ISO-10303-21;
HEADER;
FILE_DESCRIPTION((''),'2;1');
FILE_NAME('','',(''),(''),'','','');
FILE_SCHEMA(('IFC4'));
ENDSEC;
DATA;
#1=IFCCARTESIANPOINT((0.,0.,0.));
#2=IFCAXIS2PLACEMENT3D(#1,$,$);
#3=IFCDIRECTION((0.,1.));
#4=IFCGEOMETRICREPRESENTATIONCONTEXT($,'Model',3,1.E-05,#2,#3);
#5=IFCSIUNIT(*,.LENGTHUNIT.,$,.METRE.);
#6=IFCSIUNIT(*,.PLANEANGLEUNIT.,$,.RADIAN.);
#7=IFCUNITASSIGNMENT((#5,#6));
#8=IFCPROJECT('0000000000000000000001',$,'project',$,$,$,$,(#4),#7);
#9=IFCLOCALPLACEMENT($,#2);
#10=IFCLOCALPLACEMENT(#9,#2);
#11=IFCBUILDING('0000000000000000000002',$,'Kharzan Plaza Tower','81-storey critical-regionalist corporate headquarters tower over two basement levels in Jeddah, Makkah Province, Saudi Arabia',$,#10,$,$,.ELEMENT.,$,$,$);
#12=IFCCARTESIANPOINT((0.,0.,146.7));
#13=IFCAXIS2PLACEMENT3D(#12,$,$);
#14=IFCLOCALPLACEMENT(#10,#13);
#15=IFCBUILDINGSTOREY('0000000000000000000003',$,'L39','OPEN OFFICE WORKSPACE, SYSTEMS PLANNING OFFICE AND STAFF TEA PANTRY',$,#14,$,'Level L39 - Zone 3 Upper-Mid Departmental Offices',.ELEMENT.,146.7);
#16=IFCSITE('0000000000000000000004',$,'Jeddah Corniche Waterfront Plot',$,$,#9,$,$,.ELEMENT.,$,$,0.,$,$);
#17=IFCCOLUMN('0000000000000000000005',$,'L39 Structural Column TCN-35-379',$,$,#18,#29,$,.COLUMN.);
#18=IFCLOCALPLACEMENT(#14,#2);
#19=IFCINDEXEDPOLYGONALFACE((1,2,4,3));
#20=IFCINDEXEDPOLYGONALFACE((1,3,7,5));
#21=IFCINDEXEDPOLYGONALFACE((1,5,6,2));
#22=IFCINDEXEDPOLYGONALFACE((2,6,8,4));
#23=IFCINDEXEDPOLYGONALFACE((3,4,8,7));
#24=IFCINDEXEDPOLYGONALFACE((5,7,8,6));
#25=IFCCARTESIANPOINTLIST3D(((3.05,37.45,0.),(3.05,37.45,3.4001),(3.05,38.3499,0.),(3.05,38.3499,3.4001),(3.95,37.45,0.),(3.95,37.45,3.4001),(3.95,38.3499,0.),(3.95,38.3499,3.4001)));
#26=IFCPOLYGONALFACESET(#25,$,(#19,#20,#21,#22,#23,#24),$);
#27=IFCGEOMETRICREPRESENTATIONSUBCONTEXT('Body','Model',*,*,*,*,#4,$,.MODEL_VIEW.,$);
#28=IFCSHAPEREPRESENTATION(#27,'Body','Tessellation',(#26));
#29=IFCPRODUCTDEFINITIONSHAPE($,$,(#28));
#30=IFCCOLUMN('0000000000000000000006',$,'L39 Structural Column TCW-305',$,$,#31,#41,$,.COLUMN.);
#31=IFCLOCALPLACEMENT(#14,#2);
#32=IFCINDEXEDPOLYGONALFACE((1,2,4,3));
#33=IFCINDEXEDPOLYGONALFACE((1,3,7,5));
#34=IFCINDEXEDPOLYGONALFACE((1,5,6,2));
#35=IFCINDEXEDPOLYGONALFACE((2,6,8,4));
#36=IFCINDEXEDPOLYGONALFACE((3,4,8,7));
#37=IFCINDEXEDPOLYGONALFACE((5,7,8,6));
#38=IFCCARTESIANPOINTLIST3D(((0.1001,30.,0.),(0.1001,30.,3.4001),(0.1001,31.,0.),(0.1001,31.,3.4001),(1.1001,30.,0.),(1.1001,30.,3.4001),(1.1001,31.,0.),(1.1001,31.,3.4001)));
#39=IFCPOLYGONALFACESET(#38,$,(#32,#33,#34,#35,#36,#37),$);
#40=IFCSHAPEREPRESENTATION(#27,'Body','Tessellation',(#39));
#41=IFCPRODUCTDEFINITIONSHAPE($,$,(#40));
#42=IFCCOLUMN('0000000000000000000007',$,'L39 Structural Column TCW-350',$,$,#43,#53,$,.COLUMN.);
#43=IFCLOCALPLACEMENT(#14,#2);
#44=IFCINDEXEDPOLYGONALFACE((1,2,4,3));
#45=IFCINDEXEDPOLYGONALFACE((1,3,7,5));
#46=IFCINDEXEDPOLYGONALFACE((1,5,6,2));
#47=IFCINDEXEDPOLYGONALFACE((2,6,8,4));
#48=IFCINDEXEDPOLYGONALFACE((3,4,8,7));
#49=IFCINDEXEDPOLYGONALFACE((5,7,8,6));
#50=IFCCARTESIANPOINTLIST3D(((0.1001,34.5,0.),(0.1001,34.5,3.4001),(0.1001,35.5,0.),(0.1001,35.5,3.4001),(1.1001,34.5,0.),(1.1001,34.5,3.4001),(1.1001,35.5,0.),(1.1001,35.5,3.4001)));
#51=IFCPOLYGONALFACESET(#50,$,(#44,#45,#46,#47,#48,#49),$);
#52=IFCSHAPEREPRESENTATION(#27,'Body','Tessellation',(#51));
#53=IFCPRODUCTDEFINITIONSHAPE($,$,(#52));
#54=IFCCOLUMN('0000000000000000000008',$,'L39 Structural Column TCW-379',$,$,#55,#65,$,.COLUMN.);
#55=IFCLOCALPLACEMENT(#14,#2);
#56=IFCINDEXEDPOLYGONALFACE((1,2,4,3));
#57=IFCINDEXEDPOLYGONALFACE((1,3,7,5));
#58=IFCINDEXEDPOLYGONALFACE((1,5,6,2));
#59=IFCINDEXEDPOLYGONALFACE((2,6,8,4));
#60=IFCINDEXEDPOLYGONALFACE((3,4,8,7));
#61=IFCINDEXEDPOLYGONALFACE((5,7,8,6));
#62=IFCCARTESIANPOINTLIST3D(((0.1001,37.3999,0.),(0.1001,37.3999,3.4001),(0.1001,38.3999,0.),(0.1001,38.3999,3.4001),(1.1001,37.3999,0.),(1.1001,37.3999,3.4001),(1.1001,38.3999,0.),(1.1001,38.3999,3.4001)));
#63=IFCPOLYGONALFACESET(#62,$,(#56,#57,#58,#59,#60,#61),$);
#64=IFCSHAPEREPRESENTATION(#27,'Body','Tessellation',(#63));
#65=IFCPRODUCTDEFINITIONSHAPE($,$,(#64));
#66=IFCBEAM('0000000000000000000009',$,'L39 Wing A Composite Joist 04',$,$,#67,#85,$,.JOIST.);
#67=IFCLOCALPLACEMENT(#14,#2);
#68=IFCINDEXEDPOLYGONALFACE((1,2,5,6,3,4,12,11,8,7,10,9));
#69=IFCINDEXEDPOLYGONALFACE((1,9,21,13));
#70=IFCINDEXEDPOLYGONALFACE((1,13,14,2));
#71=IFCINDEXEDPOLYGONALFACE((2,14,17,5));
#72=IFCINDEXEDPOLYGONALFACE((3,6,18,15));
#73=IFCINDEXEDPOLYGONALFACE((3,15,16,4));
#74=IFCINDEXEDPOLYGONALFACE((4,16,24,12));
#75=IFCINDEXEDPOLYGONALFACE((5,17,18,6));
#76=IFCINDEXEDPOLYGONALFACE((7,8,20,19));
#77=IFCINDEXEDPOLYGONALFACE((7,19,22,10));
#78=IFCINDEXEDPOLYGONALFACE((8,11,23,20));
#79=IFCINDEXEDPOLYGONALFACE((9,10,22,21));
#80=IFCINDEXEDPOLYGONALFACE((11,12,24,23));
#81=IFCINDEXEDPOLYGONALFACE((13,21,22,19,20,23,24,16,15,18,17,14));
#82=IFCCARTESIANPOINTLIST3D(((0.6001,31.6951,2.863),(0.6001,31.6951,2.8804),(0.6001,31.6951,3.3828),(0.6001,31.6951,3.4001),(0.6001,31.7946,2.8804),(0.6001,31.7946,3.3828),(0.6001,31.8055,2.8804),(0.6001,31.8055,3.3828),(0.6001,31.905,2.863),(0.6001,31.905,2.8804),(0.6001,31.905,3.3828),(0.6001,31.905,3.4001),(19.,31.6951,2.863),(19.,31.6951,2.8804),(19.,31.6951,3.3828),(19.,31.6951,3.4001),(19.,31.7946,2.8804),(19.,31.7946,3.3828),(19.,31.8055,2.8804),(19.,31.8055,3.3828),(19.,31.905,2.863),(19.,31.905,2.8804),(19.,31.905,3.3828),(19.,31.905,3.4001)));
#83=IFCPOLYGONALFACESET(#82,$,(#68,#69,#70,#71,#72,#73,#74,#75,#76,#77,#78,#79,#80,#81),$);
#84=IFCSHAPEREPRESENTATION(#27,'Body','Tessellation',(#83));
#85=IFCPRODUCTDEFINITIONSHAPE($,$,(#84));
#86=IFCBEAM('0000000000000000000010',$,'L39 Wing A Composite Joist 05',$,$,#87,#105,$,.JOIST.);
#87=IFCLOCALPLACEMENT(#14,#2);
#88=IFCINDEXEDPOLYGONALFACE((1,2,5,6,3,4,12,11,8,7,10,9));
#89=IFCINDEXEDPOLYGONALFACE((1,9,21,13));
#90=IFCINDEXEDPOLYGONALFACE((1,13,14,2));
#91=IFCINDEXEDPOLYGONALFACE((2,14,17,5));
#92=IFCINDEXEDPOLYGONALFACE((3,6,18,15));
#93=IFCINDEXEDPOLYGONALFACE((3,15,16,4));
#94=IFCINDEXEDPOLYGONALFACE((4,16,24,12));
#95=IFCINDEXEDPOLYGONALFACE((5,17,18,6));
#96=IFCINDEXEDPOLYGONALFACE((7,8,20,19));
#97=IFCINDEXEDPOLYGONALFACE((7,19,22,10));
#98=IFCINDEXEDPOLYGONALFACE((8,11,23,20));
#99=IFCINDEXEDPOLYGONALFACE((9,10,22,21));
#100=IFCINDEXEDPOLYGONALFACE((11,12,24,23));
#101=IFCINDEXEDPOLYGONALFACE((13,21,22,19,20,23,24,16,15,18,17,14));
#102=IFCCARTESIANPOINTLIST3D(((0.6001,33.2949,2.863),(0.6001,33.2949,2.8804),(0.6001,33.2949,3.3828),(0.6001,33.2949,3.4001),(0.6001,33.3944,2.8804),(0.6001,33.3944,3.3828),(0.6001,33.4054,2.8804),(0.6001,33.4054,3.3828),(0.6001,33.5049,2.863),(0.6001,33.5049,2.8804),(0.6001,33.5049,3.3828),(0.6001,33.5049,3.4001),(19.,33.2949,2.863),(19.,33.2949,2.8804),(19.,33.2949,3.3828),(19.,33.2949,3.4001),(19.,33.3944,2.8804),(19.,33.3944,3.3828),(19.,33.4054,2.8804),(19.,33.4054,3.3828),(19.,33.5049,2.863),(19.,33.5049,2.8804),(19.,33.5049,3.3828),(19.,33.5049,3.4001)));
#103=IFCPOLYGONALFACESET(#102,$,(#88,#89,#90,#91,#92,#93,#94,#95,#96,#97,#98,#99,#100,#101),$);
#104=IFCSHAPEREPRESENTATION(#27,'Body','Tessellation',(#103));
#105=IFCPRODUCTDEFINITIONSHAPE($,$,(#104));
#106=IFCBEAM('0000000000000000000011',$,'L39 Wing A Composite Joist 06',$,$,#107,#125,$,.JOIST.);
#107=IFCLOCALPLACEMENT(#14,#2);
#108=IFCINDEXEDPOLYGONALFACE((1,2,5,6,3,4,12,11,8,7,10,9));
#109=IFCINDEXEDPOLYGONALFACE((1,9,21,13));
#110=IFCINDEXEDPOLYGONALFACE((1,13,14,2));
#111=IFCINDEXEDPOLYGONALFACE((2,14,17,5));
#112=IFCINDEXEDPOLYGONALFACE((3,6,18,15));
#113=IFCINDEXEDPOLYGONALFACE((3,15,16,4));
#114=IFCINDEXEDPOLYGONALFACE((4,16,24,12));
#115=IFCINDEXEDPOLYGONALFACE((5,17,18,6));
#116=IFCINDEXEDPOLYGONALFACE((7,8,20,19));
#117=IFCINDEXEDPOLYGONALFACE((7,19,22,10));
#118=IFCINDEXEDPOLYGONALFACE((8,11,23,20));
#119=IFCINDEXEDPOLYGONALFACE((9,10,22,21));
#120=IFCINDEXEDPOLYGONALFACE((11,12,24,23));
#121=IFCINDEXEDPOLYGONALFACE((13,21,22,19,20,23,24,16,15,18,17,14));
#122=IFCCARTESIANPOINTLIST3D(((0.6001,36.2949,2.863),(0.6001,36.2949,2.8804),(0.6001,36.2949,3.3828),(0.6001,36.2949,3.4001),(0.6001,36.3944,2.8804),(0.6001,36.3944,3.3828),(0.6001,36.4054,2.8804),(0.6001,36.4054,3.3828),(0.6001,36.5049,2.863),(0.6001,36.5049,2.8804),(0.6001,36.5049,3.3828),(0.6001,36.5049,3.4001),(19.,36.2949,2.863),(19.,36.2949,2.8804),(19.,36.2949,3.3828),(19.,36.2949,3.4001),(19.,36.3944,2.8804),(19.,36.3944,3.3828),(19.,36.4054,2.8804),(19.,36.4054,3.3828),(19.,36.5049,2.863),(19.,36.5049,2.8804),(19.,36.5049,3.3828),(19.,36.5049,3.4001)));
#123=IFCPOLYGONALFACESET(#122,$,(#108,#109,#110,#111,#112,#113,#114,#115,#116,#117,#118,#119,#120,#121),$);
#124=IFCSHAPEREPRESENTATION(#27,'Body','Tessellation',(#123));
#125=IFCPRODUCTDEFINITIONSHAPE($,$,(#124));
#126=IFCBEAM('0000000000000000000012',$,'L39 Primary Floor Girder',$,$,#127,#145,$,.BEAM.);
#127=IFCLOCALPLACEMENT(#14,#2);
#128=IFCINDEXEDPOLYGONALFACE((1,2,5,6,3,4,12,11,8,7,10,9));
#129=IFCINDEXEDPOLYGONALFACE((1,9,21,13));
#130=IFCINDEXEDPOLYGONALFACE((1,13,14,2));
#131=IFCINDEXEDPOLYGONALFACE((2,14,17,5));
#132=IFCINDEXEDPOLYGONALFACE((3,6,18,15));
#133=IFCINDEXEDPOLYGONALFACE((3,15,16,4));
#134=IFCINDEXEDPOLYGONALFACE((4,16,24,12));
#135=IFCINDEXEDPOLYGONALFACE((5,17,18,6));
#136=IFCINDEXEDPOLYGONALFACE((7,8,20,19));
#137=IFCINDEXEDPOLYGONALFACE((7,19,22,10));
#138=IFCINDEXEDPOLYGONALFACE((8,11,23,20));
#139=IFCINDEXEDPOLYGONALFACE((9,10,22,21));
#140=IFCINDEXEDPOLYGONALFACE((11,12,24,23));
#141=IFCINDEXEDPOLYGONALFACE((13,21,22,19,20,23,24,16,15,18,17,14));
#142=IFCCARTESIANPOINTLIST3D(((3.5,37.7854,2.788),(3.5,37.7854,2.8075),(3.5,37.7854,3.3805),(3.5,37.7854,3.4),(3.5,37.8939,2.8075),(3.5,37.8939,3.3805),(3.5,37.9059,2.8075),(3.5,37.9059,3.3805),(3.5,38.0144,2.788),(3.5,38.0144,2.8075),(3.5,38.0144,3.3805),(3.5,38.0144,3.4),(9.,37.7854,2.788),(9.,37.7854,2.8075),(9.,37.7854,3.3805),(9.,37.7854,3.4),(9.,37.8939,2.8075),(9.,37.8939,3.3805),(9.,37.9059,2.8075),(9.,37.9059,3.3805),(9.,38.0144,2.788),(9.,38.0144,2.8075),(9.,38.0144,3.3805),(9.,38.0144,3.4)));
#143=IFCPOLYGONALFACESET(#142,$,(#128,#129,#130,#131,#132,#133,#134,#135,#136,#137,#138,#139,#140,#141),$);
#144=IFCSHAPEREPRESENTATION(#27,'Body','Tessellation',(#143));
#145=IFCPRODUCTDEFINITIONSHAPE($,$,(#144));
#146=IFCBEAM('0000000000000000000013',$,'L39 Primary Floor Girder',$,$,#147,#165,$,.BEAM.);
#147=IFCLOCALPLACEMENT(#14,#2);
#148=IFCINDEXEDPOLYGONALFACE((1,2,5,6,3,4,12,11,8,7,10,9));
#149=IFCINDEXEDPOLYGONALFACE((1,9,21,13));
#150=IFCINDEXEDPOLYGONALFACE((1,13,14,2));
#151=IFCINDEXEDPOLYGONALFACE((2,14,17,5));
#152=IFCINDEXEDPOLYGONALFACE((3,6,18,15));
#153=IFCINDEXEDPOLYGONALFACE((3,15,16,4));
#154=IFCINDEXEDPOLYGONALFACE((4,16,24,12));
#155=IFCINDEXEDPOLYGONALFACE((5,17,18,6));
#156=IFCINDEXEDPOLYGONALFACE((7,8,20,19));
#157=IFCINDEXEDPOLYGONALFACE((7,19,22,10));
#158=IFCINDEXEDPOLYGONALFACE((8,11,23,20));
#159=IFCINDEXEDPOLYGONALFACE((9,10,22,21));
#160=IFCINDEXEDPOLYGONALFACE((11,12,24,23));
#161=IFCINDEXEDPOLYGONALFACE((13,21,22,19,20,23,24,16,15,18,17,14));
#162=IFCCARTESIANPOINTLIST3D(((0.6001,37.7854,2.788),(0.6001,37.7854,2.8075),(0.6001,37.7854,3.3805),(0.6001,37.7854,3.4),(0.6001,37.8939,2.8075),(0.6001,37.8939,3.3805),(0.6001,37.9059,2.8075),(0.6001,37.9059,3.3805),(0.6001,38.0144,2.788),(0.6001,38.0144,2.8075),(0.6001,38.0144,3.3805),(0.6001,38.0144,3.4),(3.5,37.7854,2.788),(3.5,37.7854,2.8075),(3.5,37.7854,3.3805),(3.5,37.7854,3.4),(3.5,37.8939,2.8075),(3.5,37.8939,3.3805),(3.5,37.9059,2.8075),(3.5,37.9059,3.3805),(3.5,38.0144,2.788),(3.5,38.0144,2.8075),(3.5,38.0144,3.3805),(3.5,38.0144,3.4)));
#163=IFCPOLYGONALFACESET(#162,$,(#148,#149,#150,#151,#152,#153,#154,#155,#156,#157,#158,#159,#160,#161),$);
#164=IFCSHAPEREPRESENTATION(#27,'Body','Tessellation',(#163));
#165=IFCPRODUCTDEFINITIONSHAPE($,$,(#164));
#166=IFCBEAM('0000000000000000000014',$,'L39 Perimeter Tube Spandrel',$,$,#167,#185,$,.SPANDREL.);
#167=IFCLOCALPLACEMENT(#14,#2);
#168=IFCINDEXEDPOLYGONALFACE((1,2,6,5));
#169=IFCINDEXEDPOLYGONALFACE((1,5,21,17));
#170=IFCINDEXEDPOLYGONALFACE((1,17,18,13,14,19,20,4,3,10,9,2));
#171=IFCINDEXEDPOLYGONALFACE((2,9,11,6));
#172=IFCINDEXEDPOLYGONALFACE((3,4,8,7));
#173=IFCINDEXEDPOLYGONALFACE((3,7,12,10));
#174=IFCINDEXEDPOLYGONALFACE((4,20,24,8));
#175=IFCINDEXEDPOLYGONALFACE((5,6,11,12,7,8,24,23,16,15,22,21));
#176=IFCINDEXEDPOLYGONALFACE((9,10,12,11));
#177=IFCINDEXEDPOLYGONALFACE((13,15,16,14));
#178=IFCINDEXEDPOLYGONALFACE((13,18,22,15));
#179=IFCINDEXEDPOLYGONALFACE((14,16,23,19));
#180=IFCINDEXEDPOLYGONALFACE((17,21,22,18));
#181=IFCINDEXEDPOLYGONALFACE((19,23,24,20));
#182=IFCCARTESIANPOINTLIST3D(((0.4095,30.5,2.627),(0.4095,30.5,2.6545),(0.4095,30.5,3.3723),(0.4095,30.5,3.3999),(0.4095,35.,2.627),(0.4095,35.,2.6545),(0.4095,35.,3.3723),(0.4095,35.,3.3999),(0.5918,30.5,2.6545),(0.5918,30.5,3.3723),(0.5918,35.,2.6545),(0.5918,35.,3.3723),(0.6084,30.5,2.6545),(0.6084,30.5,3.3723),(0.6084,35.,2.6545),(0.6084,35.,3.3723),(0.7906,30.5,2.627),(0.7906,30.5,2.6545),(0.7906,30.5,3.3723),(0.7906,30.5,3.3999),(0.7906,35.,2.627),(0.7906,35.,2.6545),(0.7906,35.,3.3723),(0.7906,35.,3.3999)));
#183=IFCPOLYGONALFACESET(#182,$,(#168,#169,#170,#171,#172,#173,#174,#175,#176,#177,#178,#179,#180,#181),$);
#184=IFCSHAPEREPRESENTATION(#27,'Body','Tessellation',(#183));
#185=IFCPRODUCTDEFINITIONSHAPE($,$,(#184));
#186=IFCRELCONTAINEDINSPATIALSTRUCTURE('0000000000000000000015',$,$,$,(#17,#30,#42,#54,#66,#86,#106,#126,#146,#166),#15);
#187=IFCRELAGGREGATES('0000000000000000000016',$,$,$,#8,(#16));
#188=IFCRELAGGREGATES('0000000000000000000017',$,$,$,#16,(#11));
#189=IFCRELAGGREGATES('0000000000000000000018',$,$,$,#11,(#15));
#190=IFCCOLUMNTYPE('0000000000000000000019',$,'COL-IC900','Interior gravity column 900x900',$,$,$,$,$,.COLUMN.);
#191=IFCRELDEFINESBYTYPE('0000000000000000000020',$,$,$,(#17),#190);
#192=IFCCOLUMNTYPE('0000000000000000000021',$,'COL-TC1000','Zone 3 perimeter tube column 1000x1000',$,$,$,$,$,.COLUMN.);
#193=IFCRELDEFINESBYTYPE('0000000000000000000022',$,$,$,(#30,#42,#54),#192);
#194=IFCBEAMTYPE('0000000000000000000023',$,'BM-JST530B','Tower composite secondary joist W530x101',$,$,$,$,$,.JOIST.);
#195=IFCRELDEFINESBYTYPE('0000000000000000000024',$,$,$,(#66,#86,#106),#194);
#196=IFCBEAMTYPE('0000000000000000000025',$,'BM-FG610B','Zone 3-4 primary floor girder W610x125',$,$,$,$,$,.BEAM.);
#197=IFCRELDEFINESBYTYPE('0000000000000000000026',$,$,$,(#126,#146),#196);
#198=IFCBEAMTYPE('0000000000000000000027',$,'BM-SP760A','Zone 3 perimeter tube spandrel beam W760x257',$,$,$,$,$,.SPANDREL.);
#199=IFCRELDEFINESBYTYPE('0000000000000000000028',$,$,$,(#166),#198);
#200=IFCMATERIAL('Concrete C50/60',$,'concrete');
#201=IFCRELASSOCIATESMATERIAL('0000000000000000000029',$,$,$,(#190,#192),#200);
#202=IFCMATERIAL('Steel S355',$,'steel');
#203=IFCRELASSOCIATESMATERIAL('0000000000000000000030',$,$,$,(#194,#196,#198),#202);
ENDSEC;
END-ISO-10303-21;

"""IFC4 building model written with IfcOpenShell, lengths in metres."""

from ifc_helpers import new_model, si_unit, direction, frame, origin, origin_2d, place, context, subcontext, project, spatial, rectangle, i_section, extrude, source, transform, mapped, material, material_profile, profile_set, type_object, element, save


model = new_model("IFC4")

# Units and contexts
model_context = context("Model", 3, precision=1e-05, world=origin(), true_north=direction((0.0, 1.0)))
body_context = subcontext(model_context, "Body", "Model", "MODEL_VIEW")
ifc_project = project(units=[si_unit("LENGTHUNIT", "METRE"), si_unit("PLANEANGLEUNIT", "RADIAN")], contexts=[model_context])

# Site, building, storey
site_placement = place(None, origin())
site = spatial("IfcSite", under=ifc_project, at=site_placement, Name="Jeddah Corniche Waterfront Plot", CompositionType="ELEMENT", RefElevation=0.0)
building_placement = place(site_placement, origin())
building = spatial("IfcBuilding", under=site, at=building_placement, Name="Kharzan Plaza Tower", Description="81-storey critical-regionalist corporate headquarters tower over two basement levels in Jeddah, Makkah Province, Saudi Arabia", CompositionType="ELEMENT")
storey_placement = place(building_placement, frame((0.0, 0.0, 146.7)))
storey = spatial("IfcBuildingStorey", under=building, at=storey_placement, Name="L39", Description="OPEN OFFICE WORKSPACE, SYSTEMS PLANNING OFFICE AND STAFF TEA PANTRY", LongName="Level L39 - Zone 3 Upper-Mid Departmental Offices", CompositionType="ELEMENT", Elevation=146.7)

# Columns
ifc_material_1 = material(Name="Concrete C50/60", Category="concrete")
ifc_material_profile_1 = material_profile(ifc_material_1, rectangle(XDim=0.8999, YDim=0.8999, at=origin_2d()), Name="RC-IC900x900")
ifc_profile_set_1 = profile_set([ifc_material_profile_1], Name="Concrete C50/60")
column_type_1 = type_object("IfcColumnType", Name="COL-IC900", Description="Interior gravity column 900x900", PredefinedType="COLUMN", material=ifc_profile_set_1)
shared_shape_1 = source(origin(), body_context, "Body", "SweptSolid", [
    extrude(rectangle(XDim=0.8999, YDim=0.8999, at=origin_2d()), origin(), (0.0, 0.0, 1.0), 3.4001),
])
column_placement = place(storey_placement, frame((3.5, 37.8999, 0.0), z_axis=(0.0, 0.0, 1.0), x_axis=(1.0, 0.0, 0.0)))
element("IfcColumn", 1, at=column_placement, inside=storey, type_object=column_type_1, Name="L39 Structural Column TCN-35-379", PredefinedType="COLUMN", context=body_context, shape_type="MappedRepresentation", body=[
    mapped(shared_shape_1, transform((0.0, 0.0, 0.0), x_axis=(1.0, 0.0, 0.0), y_axis=(0.0, 1.0, 0.0), z_axis=(0.0, 0.0, 1.0))),
])
ifc_material_profile_2 = material_profile(ifc_material_1, rectangle(XDim=1.0, YDim=1.0, at=origin_2d()), Name="RC-TC1000x1000")
ifc_profile_set_2 = profile_set([ifc_material_profile_2], Name="Concrete C50/60")
column_type_2 = type_object("IfcColumnType", Name="COL-TC1000", Description="Zone 3 perimeter tube column 1000x1000", PredefinedType="COLUMN", material=ifc_profile_set_2)
shared_shape_2 = source(origin(), body_context, "Body", "SweptSolid", [
    extrude(rectangle(XDim=1.0, YDim=1.0, at=origin_2d()), origin(), (0.0, 0.0, 1.0), 3.4001),
])
for number, where, z_axis, x_axis, name in (
    (2, (0.6001, 30.5, 0.0), (0.0, 0.0, 1.0), (1.0, 0.0, 0.0), "L39 Structural Column TCW-305"),
    (3, (0.6001, 35.0, 0.0), (0.0, 0.0, 1.0), (1.0, 0.0, 0.0), "L39 Structural Column TCW-350"),
    (4, (0.6001, 37.8999, 0.0), (0.0, 0.0, 1.0), (1.0, 0.0, 0.0), "L39 Structural Column TCW-379"),
):
    element("IfcColumn", number, at=place(storey_placement, frame(where, z_axis=z_axis, x_axis=x_axis)), inside=storey, type_object=column_type_2, Name=name, PredefinedType="COLUMN", context=body_context, shape_type="MappedRepresentation", body=[
        mapped(shared_shape_2, transform((0.0, 0.0, 0.0), x_axis=(1.0, 0.0, 0.0), y_axis=(0.0, 1.0, 0.0), z_axis=(0.0, 0.0, 1.0))),
    ])

# Beams
ifc_material_2 = material(Name="Steel S355", Category="steel")
ifc_material_profile_3 = material_profile(ifc_material_2, i_section(OverallWidth=0.21, OverallDepth=0.5371, WebThickness=0.011, FlangeThickness=0.0173, at=origin_2d()), Name="W530x101")
ifc_profile_set_3 = profile_set([ifc_material_profile_3], Name="Steel S355")
beam_type_1 = type_object("IfcBeamType", Name="BM-JST530B", Description="Tower composite secondary joist W530x101", PredefinedType="JOIST", material=ifc_profile_set_3)
shared_shape_3 = source(origin(), body_context, "Body", "SweptSolid", [
    extrude(i_section(OverallWidth=0.21, OverallDepth=0.5371, WebThickness=0.011, FlangeThickness=0.0173, at=origin_2d()), origin(), (0.0, 0.0, 1.0), 18.3999),
])
for number, where, z_axis, x_axis, name in (
    (5, (0.6001, 31.8, 3.1316), (1.0, 0.0, 0.0), (0.0, 1.0, 0.0), "L39 Wing A Composite Joist 04"),
    (6, (0.6001, 33.3999, 3.1316), (1.0, 0.0, 0.0), (0.0, 1.0, 0.0), "L39 Wing A Composite Joist 05"),
    (7, (0.6001, 36.3999, 3.1316), (1.0, 0.0, 0.0), (0.0, 1.0, 0.0), "L39 Wing A Composite Joist 06"),
):
    element("IfcBeam", number, at=place(storey_placement, frame(where, z_axis=z_axis, x_axis=x_axis)), inside=storey, type_object=beam_type_1, Name=name, PredefinedType="JOIST", context=body_context, shape_type="MappedRepresentation", body=[
        mapped(shared_shape_3, transform((0.0, 0.0, 0.0), x_axis=(1.0, 0.0, 0.0), y_axis=(0.0, 1.0, 0.0), z_axis=(0.0, 0.0, 1.0))),
    ])
ifc_material_profile_4 = material_profile(ifc_material_2, i_section(OverallWidth=0.229, OverallDepth=0.6121, WebThickness=0.012, FlangeThickness=0.0195, at=origin_2d()), Name="W610x125")
ifc_profile_set_4 = profile_set([ifc_material_profile_4], Name="Steel S355")
beam_type_2 = type_object("IfcBeamType", Name="BM-FG610B", Description="Zone 3-4 primary floor girder W610x125", PredefinedType="BEAM", material=ifc_profile_set_4)
shared_shape_4 = source(origin(), body_context, "Body", "SweptSolid", [
    extrude(i_section(OverallWidth=0.229, OverallDepth=0.6121, WebThickness=0.012, FlangeThickness=0.0195, at=origin_2d()), origin(), (0.0, 0.0, 1.0), 5.5),
])
beam_1_placement = place(storey_placement, frame((3.5, 37.8999, 3.094), z_axis=(1.0, 0.0, 0.0), x_axis=(0.0, 1.0, 0.0)))
element("IfcBeam", 8, at=beam_1_placement, inside=storey, type_object=beam_type_2, Name="L39 Primary Floor Girder", PredefinedType="BEAM", context=body_context, shape_type="MappedRepresentation", body=[
    mapped(shared_shape_4, transform((0.0, 0.0, 0.0), x_axis=(1.0, 0.0, 0.0), y_axis=(0.0, 1.0, 0.0), z_axis=(0.0, 0.0, 1.0))),
])
shared_shape_5 = source(origin(), body_context, "Body", "SweptSolid", [
    extrude(i_section(OverallWidth=0.229, OverallDepth=0.6121, WebThickness=0.012, FlangeThickness=0.0195, at=origin_2d()), origin(), (0.0, 0.0, 1.0), 2.8999),
])
beam_2_placement = place(storey_placement, frame((0.6001, 37.8999, 3.094), z_axis=(1.0, 0.0, 0.0), x_axis=(0.0, 1.0, 0.0)))
element("IfcBeam", 9, at=beam_2_placement, inside=storey, type_object=beam_type_2, Name="L39 Primary Floor Girder", PredefinedType="BEAM", context=body_context, shape_type="MappedRepresentation", body=[
    mapped(shared_shape_5, transform((0.0, 0.0, 0.0), x_axis=(1.0, 0.0, 0.0), y_axis=(0.0, 1.0, 0.0), z_axis=(0.0, 0.0, 1.0))),
])
ifc_material_profile_5 = material_profile(ifc_material_2, i_section(OverallWidth=0.3811, OverallDepth=0.7729, WebThickness=0.0166, FlangeThickness=0.0276, at=origin_2d()), Name="W760x257")
ifc_profile_set_5 = profile_set([ifc_material_profile_5], Name="Steel S355")
beam_type_3 = type_object("IfcBeamType", Name="BM-SP760A", Description="Zone 3 perimeter tube spandrel beam W760x257", PredefinedType="SPANDREL", material=ifc_profile_set_5)
shared_shape_6 = source(origin(), body_context, "Body", "SweptSolid", [
    extrude(i_section(OverallWidth=0.3811, OverallDepth=0.7729, WebThickness=0.0166, FlangeThickness=0.0276, at=origin_2d()), origin(), (0.0, 0.0, 1.0), 4.5),
])
beam_3_placement = place(storey_placement, frame((0.6001, 30.5, 3.0134), z_axis=(0.0, 1.0, 0.0), x_axis=(-1.0, 0.0, 0.0)))
element("IfcBeam", 10, at=beam_3_placement, inside=storey, type_object=beam_type_3, Name="L39 Perimeter Tube Spandrel", PredefinedType="SPANDREL", context=body_context, shape_type="MappedRepresentation", body=[
    mapped(shared_shape_6, transform((0.0, 0.0, 0.0), x_axis=(1.0, 0.0, 0.0), y_axis=(0.0, 1.0, 0.0), z_axis=(0.0, 0.0, 1.0))),
])

save(model, "model.ifc")
